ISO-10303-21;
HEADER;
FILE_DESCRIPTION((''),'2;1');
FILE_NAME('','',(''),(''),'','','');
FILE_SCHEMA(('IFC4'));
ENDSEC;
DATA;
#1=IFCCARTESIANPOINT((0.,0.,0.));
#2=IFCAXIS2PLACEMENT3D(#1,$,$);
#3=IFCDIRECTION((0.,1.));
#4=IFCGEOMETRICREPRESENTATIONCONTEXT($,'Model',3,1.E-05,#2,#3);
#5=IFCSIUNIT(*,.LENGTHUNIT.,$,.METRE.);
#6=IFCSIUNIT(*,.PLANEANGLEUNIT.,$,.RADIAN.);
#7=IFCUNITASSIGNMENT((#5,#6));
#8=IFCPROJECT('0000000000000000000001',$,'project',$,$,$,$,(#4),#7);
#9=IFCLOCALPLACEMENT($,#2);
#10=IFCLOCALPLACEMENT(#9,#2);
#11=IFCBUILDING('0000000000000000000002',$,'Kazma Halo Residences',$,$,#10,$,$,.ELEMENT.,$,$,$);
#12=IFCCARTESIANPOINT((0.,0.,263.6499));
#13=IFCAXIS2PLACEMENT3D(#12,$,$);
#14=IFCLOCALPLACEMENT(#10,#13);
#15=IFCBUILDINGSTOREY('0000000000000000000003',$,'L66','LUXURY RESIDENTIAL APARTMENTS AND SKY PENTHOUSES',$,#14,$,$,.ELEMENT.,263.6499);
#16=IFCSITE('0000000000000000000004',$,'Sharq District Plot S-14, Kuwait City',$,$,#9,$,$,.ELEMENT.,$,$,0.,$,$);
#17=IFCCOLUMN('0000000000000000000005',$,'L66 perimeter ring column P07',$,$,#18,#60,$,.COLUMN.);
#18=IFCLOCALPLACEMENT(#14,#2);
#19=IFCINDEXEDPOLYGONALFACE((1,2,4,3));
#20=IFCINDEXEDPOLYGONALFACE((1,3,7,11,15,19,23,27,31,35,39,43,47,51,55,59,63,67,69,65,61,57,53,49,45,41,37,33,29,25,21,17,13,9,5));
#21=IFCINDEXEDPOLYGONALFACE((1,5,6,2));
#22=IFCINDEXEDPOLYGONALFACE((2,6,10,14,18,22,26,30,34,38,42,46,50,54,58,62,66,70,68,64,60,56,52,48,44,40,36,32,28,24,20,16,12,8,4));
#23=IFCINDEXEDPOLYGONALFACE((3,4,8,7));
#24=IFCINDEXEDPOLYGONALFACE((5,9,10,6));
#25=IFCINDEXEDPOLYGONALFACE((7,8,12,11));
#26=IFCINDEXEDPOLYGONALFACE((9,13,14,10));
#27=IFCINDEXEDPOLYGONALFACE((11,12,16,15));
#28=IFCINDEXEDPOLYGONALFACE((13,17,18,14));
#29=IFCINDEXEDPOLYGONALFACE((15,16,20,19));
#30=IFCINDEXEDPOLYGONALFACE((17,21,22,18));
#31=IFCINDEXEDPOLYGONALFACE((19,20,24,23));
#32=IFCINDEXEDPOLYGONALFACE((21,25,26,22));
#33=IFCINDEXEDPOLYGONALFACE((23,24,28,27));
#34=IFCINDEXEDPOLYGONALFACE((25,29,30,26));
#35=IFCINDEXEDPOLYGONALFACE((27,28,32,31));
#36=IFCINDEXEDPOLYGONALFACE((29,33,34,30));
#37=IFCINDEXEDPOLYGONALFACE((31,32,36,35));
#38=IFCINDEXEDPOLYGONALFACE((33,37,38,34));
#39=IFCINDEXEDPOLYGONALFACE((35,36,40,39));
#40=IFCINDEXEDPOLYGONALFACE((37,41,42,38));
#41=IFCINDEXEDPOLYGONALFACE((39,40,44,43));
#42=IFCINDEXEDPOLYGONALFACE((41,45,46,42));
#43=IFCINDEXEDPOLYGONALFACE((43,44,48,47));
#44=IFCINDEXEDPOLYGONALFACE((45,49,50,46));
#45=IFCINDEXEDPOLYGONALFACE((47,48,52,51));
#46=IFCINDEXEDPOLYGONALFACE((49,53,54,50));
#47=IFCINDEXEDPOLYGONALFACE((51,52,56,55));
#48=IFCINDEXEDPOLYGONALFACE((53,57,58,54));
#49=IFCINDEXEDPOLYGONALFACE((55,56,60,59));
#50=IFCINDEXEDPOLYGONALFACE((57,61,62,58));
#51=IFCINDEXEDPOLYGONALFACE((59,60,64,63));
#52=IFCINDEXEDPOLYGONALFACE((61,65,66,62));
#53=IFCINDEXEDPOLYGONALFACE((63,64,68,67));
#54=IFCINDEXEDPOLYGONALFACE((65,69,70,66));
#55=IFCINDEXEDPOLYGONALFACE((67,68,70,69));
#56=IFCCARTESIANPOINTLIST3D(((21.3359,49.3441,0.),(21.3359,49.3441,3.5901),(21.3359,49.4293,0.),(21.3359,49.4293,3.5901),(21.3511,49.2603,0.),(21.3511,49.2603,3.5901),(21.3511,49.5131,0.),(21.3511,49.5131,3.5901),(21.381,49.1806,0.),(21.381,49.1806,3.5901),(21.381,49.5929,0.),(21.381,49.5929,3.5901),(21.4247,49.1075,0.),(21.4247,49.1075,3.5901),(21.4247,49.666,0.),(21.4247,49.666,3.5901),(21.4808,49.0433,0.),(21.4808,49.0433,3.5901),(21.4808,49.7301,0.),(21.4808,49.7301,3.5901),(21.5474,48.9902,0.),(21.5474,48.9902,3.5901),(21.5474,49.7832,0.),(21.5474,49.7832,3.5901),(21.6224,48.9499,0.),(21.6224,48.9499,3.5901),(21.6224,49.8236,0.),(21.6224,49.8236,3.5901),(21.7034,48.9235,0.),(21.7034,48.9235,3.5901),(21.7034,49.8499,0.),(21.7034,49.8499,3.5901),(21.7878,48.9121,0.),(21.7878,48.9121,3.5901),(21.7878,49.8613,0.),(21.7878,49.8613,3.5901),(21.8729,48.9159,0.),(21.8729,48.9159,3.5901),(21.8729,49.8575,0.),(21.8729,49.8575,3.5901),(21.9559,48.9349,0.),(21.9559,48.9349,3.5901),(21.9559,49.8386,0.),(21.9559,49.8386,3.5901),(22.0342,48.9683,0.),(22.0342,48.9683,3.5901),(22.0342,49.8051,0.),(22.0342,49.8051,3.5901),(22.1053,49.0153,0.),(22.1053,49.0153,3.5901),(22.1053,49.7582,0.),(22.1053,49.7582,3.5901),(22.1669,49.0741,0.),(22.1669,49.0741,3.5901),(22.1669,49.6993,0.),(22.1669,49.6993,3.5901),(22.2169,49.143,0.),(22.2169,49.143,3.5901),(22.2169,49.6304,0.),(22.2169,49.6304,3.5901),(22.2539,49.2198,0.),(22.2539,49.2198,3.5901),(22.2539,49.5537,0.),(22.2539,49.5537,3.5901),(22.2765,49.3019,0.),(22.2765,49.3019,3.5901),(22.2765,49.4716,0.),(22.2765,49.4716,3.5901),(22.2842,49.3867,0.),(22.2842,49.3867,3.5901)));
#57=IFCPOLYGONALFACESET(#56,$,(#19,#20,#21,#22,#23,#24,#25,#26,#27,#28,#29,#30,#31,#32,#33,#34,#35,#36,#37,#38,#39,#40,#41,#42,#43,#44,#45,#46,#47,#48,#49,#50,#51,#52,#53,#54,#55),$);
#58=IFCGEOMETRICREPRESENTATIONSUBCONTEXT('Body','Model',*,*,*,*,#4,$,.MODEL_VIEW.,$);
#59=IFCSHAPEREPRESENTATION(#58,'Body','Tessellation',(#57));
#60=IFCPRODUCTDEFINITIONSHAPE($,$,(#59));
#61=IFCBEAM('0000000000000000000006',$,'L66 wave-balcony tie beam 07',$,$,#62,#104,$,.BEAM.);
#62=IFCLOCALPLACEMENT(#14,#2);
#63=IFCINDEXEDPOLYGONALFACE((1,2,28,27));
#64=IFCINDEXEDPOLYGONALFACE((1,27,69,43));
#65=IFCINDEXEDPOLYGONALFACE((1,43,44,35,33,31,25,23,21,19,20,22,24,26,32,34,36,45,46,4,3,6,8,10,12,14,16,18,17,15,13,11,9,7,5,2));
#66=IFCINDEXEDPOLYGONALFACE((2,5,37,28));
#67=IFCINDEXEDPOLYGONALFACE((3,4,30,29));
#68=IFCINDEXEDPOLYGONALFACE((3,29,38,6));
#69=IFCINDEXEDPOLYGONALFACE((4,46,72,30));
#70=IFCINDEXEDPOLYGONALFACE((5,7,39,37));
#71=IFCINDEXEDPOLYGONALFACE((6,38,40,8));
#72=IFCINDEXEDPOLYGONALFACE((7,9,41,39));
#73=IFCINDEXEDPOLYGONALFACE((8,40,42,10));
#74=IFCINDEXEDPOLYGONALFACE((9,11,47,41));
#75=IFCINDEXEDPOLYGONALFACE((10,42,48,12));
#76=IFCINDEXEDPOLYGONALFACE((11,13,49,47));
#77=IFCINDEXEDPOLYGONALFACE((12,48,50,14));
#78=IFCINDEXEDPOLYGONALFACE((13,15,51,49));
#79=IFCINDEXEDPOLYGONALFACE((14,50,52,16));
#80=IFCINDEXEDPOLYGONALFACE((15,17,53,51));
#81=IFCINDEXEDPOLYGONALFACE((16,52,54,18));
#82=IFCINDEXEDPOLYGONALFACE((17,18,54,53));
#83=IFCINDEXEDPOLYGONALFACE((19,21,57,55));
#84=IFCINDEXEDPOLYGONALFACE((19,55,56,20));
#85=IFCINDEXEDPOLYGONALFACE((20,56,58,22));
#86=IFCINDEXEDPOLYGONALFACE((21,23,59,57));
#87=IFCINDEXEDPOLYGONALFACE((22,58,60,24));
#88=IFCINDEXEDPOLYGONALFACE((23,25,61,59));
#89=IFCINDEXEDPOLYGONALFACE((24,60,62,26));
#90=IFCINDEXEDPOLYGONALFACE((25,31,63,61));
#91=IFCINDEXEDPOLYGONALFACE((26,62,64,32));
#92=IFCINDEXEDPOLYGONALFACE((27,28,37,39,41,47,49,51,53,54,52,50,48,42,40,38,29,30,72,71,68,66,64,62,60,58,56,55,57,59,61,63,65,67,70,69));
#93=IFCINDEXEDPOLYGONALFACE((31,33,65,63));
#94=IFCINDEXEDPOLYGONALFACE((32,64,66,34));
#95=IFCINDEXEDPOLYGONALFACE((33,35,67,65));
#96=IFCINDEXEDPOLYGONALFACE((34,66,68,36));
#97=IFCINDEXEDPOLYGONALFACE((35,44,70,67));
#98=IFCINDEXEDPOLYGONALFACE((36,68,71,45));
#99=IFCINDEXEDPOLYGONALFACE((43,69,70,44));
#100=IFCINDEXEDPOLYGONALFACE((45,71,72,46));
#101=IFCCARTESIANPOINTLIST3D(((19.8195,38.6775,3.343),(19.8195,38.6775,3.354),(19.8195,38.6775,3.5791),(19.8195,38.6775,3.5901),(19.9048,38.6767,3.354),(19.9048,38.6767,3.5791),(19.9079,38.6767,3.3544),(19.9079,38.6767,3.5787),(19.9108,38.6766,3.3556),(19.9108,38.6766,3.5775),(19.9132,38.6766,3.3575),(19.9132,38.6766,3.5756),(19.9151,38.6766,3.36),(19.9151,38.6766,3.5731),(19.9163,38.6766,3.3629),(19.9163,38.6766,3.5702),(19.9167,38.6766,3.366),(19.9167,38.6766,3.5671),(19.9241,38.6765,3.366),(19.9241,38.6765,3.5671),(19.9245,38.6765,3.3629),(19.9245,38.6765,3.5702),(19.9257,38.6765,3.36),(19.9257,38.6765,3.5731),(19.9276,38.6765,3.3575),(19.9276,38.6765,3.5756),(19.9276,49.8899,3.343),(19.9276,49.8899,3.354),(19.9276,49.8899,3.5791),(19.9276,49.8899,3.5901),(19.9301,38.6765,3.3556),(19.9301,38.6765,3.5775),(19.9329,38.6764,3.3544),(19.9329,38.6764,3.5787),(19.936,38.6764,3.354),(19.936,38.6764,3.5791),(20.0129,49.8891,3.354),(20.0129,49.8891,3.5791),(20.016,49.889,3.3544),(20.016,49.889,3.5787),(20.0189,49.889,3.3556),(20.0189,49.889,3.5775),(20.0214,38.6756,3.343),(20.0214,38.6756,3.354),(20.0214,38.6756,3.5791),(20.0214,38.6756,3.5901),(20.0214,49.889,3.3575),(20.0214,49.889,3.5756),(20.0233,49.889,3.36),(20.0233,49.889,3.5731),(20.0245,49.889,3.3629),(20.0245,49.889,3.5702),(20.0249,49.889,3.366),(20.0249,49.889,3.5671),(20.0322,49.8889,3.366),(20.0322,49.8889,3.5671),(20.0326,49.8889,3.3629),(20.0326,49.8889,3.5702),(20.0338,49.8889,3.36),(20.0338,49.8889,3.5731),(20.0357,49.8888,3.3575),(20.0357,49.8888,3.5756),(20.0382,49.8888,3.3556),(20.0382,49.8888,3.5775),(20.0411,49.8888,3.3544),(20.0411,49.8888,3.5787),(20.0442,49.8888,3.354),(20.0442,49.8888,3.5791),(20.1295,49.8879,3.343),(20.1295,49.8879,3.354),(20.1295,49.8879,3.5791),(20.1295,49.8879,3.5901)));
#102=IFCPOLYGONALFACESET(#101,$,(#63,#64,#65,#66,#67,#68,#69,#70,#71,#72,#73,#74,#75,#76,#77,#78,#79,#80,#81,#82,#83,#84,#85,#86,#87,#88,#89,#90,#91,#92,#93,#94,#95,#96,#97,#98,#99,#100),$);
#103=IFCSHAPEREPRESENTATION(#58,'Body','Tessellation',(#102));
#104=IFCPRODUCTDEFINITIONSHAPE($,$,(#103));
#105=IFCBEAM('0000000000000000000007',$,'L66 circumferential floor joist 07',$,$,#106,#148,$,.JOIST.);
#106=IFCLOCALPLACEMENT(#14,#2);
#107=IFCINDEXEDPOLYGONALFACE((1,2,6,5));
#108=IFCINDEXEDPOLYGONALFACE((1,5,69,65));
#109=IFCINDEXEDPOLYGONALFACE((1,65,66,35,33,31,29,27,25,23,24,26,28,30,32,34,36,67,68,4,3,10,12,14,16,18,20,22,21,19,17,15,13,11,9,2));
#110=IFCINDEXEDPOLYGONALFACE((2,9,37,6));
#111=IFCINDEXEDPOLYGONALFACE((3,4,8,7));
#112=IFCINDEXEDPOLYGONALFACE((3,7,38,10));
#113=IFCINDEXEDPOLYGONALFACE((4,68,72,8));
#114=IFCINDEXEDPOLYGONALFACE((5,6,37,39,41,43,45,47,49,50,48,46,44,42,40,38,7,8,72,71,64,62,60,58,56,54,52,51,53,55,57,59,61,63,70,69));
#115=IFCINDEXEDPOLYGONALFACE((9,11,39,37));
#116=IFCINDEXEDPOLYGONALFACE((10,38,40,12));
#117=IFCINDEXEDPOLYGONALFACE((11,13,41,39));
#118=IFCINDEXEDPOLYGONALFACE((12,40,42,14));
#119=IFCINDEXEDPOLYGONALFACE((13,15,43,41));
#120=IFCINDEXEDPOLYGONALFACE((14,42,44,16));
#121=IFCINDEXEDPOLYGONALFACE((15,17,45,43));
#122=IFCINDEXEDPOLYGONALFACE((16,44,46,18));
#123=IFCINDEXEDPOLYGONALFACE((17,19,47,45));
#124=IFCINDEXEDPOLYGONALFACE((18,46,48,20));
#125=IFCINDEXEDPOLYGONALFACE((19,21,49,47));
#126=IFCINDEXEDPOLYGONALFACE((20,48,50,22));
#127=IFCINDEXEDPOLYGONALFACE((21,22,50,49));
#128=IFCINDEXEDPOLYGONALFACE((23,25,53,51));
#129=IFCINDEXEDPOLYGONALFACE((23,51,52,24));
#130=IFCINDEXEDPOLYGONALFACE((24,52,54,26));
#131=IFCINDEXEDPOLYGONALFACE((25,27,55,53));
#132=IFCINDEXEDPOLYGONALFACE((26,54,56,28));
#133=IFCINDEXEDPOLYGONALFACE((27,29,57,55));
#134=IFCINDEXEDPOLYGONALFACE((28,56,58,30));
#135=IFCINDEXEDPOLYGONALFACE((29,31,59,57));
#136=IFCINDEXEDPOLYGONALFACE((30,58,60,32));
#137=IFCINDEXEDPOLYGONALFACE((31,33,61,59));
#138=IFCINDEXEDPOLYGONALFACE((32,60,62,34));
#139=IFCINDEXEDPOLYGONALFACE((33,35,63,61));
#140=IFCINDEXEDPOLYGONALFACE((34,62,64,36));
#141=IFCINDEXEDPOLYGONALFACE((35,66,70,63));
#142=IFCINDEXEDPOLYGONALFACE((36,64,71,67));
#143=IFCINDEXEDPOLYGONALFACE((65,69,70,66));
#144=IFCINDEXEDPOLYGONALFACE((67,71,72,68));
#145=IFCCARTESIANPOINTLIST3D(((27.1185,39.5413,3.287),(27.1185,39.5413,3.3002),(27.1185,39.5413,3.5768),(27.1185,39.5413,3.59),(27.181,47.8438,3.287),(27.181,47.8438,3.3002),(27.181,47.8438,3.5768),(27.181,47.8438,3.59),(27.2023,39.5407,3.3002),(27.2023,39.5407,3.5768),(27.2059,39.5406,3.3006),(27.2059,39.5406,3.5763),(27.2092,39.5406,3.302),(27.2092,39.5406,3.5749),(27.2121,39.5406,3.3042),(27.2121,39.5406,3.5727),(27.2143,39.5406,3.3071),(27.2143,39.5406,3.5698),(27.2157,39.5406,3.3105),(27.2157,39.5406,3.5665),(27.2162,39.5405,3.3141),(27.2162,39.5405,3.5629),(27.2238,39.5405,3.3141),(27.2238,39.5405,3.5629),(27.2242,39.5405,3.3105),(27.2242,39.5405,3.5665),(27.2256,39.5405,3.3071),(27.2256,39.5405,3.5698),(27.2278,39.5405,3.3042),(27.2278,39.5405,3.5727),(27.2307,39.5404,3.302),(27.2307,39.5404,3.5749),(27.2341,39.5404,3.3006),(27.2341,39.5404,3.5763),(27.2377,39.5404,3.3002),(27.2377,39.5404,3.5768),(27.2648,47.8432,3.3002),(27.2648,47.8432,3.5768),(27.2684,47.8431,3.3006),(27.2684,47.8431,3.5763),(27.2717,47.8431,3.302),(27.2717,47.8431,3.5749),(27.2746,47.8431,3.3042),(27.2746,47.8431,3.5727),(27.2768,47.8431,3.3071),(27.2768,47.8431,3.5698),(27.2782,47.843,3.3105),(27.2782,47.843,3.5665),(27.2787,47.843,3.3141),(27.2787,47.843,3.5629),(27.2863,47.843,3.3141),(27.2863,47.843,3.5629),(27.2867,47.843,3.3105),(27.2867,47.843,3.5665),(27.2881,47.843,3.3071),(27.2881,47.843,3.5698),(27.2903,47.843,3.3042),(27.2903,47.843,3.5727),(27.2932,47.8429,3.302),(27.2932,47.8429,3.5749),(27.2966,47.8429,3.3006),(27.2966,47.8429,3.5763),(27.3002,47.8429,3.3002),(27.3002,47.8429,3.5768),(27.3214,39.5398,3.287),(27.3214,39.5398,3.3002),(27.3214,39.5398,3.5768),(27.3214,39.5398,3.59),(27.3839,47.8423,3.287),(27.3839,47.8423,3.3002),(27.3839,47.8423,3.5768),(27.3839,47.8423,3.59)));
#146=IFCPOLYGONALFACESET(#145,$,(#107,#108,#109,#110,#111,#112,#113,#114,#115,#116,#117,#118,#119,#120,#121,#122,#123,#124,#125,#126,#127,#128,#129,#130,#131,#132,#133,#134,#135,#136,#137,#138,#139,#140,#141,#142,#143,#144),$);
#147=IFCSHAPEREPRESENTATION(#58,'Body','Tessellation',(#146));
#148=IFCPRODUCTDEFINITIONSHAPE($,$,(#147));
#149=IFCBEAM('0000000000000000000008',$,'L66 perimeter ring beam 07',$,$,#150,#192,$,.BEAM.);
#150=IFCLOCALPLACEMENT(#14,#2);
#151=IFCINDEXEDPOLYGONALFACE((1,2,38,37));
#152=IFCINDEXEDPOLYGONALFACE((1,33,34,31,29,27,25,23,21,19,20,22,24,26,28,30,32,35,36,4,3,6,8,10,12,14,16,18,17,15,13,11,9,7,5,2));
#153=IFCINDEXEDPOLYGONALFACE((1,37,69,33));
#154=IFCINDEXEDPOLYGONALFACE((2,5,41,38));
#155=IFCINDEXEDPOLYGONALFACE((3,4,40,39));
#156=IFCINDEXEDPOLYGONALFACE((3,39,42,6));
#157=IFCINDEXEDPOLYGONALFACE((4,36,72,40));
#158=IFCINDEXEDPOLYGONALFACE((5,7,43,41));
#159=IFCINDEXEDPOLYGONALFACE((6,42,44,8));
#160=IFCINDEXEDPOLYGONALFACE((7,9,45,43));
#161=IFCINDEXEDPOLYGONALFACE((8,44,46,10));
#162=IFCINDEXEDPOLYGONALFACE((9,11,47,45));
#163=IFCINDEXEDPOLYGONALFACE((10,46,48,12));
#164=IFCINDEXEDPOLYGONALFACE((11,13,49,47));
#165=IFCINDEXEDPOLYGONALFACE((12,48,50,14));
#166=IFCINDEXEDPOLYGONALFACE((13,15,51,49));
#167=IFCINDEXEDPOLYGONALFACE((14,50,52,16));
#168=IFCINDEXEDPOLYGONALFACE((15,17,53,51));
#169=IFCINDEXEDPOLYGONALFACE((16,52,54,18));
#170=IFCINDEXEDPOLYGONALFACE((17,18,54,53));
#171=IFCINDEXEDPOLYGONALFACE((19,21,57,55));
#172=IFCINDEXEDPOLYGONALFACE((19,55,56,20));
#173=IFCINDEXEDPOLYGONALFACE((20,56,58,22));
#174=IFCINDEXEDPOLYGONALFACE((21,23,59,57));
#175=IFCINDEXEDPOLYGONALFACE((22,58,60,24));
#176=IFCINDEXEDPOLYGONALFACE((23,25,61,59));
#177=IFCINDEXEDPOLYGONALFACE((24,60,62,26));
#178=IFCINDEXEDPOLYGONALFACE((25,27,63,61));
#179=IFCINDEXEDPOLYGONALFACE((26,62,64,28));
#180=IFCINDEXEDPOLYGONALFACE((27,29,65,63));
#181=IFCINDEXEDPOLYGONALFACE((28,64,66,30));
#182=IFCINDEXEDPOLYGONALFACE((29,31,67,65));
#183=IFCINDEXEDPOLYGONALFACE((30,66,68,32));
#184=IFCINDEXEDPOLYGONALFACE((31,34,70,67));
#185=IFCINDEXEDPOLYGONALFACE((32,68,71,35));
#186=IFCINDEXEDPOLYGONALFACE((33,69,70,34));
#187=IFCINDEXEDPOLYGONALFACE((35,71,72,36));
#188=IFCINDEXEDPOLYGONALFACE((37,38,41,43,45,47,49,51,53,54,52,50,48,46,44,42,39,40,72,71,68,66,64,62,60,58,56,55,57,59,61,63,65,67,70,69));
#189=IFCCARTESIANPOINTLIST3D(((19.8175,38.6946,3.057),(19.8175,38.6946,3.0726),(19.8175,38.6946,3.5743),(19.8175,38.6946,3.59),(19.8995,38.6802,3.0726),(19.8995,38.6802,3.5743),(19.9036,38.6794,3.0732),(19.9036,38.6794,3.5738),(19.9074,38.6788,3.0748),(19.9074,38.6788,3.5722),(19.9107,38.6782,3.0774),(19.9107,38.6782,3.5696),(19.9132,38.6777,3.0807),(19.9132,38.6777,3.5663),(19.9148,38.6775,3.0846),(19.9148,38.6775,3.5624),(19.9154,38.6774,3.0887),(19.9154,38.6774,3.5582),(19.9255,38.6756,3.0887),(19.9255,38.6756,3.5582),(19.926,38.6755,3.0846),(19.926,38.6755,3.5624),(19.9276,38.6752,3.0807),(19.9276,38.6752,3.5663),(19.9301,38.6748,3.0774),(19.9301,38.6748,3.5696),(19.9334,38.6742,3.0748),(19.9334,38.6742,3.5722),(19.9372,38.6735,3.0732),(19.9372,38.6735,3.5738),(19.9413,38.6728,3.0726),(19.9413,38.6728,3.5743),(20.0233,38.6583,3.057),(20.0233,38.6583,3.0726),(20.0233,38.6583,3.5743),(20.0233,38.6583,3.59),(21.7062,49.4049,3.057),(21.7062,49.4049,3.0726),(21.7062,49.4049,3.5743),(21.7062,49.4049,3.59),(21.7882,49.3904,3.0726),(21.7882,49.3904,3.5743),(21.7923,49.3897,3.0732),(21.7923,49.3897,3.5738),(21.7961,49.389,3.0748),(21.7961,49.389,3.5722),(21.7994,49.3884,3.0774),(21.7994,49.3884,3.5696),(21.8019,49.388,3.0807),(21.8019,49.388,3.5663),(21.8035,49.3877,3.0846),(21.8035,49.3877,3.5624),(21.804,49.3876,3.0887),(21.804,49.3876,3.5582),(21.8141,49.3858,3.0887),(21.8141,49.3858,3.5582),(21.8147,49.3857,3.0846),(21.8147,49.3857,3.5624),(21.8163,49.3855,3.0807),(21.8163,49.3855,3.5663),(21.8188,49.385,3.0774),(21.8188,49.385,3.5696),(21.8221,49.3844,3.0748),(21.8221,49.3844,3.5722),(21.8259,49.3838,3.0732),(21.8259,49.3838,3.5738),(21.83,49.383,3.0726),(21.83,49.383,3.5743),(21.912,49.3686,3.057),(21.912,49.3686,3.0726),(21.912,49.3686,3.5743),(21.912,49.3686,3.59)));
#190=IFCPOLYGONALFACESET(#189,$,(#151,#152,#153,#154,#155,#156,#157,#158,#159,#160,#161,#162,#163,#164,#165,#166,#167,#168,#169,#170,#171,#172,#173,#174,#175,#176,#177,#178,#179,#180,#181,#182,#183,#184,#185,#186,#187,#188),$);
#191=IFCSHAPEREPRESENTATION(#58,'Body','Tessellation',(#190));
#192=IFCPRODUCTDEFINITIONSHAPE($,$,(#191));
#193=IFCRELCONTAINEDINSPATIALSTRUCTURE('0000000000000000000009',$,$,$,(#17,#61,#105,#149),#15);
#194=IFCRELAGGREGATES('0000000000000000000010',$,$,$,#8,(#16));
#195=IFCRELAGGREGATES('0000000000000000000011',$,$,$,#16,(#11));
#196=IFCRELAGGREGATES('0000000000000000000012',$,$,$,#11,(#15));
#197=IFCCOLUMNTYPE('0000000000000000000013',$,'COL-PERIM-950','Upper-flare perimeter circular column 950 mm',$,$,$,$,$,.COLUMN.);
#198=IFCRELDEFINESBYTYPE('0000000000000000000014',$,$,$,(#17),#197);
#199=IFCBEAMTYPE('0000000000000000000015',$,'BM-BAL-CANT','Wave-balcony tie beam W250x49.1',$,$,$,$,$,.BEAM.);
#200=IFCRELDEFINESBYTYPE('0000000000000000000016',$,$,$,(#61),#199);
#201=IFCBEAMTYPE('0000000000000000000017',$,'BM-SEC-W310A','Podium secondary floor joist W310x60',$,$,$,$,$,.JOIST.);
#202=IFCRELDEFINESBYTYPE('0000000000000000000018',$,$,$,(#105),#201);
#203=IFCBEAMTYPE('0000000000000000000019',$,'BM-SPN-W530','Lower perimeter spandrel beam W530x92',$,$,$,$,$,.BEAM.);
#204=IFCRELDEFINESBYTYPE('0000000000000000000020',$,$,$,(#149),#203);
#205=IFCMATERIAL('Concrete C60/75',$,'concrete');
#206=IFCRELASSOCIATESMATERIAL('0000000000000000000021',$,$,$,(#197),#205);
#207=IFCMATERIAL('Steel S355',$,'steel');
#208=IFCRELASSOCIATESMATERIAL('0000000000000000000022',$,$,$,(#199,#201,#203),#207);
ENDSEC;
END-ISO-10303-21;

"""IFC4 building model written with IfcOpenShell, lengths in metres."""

from ifc_helpers import new_model, si_unit, direction, frame, origin, origin_2d, place, context, subcontext, project, spatial, circle, i_section, extrude, material, material_profile, profile_set, type_object, element, save


model = new_model("IFC4")

# Units and contexts
model_context = context("Model", 3, precision=1e-05, world=origin(), true_north=direction((0.0, 1.0)))
body_context = subcontext(model_context, "Body", "Model", "MODEL_VIEW")
ifc_project = project(units=[si_unit("LENGTHUNIT", "METRE"), si_unit("PLANEANGLEUNIT", "RADIAN")], contexts=[model_context])

# Site, building, storey
site_placement = place(None, origin())
site = spatial("IfcSite", under=ifc_project, at=site_placement, Name="Sharq District Plot S-14, Kuwait City", CompositionType="ELEMENT", RefElevation=0.0)
building_placement = place(site_placement, origin())
building = spatial("IfcBuilding", under=site, at=building_placement, Name="Kazma Halo Residences", CompositionType="ELEMENT")
storey_placement = place(building_placement, frame((0.0, 0.0, 263.6499)))
storey = spatial("IfcBuildingStorey", under=building, at=storey_placement, Name="L66", Description="LUXURY RESIDENTIAL APARTMENTS AND SKY PENTHOUSES", CompositionType="ELEMENT", Elevation=263.6499)

# Column
ifc_material_1 = material(Name="Concrete C60/75", Category="concrete")
ifc_material_profile_1 = material_profile(ifc_material_1, circle(Radius=0.4751, at=origin_2d()), Name="CIRC950")
ifc_profile_set_1 = profile_set([ifc_material_profile_1], Name="Concrete C60/75")
column_type = type_object("IfcColumnType", Name="COL-PERIM-950", Description="Upper-flare perimeter circular column 950 mm", PredefinedType="COLUMN", material=ifc_profile_set_1)
column_placement = place(storey_placement, frame((21.8091, 49.3867, 0.0), z_axis=(0.0, 0.0, 1.0), x_axis=(1.0, 0.0, 0.0)))
element("IfcColumn", 1, at=column_placement, inside=storey, type_object=column_type, Name="L66 perimeter ring column P07", PredefinedType="COLUMN", context=body_context, shape_type="SweptSolid", body=[
    extrude(circle(Radius=0.4751, at=origin_2d()), origin(), (0.0, 0.0, 1.0), 3.5901),
])

# Beams
ifc_material_2 = material(Name="Steel S355", Category="steel")
ifc_material_profile_2 = material_profile(ifc_material_2, i_section(OverallWidth=0.2019, OverallDepth=0.2471, WebThickness=0.0073, FlangeThickness=0.011, FilletRadius=0.012, at=origin_2d()), Name="W250x49.1")
ifc_profile_set_2 = profile_set([ifc_material_profile_2], Name="Steel S355")
beam_type_1 = type_object("IfcBeamType", Name="BM-BAL-CANT", Description="Wave-balcony tie beam W250x49.1", PredefinedType="BEAM", material=ifc_profile_set_2)
beam_1_placement = place(storey_placement, frame((20.0286, 49.8889, 3.4666), z_axis=(-0.009646, -0.999953, 0.0), x_axis=(0.999953, -0.009646, 0.0)))
element("IfcBeam", 2, at=beam_1_placement, inside=storey, type_object=beam_type_1, Name="L66 wave-balcony tie beam 07", PredefinedType="BEAM", context=body_context, shape_type="SweptSolid", body=[
    extrude(i_section(OverallWidth=0.2019, OverallDepth=0.2471, WebThickness=0.0073, FlangeThickness=0.011, FilletRadius=0.012, at=origin_2d()), origin(), (0.0, 0.0, 1.0), 11.2129),
])
ifc_material_profile_3 = material_profile(ifc_material_2, i_section(OverallWidth=0.2029, OverallDepth=0.303, WebThickness=0.0076, FlangeThickness=0.0132, FilletRadius=0.0139, at=origin_2d()), Name="W310x60")
ifc_profile_set_3 = profile_set([ifc_material_profile_3], Name="Steel S355")
beam_type_2 = type_object("IfcBeamType", Name="BM-SEC-W310A", Description="Podium secondary floor joist W310x60", PredefinedType="JOIST", material=ifc_profile_set_3)
beam_2_placement = place(storey_placement, frame((27.2825, 47.843, 3.4385), z_axis=(-0.007528, -0.999972, 0.0), x_axis=(0.999972, -0.007528, 0.0)))
element("IfcBeam", 3, at=beam_2_placement, inside=storey, type_object=beam_type_2, Name="L66 circumferential floor joist 07", PredefinedType="JOIST", context=body_context, shape_type="SweptSolid", body=[
    extrude(i_section(OverallWidth=0.2029, OverallDepth=0.303, WebThickness=0.0076, FlangeThickness=0.0132, FilletRadius=0.0139, at=origin_2d()), origin(), (0.0, 0.0, 1.0), 8.3027),
])
ifc_material_profile_4 = material_profile(ifc_material_2, i_section(OverallWidth=0.209, OverallDepth=0.533, WebThickness=0.0103, FlangeThickness=0.0156, FilletRadius=0.0161, at=origin_2d()), Name="W530x92")
ifc_profile_set_4 = profile_set([ifc_material_profile_4], Name="Steel S355")
beam_type_3 = type_object("IfcBeamType", Name="BM-SPN-W530", Description="Lower perimeter spandrel beam W530x92", PredefinedType="BEAM", material=ifc_profile_set_4)
beam_3_placement = place(storey_placement, frame((21.8091, 49.3867, 3.3235), z_axis=(-0.173664, -0.984805, 0.0), x_axis=(0.984805, -0.173664, 0.0)))
element("IfcBeam", 4, at=beam_3_placement, inside=storey, type_object=beam_type_3, Name="L66 perimeter ring beam 07", PredefinedType="BEAM", context=body_context, shape_type="SweptSolid", body=[
    extrude(i_section(OverallWidth=0.209, OverallDepth=0.533, WebThickness=0.0103, FlangeThickness=0.0156, FilletRadius=0.0161, at=origin_2d()), origin(), (0.0, 0.0, 1.0), 10.8755),
])

save(model, "model.ifc")
